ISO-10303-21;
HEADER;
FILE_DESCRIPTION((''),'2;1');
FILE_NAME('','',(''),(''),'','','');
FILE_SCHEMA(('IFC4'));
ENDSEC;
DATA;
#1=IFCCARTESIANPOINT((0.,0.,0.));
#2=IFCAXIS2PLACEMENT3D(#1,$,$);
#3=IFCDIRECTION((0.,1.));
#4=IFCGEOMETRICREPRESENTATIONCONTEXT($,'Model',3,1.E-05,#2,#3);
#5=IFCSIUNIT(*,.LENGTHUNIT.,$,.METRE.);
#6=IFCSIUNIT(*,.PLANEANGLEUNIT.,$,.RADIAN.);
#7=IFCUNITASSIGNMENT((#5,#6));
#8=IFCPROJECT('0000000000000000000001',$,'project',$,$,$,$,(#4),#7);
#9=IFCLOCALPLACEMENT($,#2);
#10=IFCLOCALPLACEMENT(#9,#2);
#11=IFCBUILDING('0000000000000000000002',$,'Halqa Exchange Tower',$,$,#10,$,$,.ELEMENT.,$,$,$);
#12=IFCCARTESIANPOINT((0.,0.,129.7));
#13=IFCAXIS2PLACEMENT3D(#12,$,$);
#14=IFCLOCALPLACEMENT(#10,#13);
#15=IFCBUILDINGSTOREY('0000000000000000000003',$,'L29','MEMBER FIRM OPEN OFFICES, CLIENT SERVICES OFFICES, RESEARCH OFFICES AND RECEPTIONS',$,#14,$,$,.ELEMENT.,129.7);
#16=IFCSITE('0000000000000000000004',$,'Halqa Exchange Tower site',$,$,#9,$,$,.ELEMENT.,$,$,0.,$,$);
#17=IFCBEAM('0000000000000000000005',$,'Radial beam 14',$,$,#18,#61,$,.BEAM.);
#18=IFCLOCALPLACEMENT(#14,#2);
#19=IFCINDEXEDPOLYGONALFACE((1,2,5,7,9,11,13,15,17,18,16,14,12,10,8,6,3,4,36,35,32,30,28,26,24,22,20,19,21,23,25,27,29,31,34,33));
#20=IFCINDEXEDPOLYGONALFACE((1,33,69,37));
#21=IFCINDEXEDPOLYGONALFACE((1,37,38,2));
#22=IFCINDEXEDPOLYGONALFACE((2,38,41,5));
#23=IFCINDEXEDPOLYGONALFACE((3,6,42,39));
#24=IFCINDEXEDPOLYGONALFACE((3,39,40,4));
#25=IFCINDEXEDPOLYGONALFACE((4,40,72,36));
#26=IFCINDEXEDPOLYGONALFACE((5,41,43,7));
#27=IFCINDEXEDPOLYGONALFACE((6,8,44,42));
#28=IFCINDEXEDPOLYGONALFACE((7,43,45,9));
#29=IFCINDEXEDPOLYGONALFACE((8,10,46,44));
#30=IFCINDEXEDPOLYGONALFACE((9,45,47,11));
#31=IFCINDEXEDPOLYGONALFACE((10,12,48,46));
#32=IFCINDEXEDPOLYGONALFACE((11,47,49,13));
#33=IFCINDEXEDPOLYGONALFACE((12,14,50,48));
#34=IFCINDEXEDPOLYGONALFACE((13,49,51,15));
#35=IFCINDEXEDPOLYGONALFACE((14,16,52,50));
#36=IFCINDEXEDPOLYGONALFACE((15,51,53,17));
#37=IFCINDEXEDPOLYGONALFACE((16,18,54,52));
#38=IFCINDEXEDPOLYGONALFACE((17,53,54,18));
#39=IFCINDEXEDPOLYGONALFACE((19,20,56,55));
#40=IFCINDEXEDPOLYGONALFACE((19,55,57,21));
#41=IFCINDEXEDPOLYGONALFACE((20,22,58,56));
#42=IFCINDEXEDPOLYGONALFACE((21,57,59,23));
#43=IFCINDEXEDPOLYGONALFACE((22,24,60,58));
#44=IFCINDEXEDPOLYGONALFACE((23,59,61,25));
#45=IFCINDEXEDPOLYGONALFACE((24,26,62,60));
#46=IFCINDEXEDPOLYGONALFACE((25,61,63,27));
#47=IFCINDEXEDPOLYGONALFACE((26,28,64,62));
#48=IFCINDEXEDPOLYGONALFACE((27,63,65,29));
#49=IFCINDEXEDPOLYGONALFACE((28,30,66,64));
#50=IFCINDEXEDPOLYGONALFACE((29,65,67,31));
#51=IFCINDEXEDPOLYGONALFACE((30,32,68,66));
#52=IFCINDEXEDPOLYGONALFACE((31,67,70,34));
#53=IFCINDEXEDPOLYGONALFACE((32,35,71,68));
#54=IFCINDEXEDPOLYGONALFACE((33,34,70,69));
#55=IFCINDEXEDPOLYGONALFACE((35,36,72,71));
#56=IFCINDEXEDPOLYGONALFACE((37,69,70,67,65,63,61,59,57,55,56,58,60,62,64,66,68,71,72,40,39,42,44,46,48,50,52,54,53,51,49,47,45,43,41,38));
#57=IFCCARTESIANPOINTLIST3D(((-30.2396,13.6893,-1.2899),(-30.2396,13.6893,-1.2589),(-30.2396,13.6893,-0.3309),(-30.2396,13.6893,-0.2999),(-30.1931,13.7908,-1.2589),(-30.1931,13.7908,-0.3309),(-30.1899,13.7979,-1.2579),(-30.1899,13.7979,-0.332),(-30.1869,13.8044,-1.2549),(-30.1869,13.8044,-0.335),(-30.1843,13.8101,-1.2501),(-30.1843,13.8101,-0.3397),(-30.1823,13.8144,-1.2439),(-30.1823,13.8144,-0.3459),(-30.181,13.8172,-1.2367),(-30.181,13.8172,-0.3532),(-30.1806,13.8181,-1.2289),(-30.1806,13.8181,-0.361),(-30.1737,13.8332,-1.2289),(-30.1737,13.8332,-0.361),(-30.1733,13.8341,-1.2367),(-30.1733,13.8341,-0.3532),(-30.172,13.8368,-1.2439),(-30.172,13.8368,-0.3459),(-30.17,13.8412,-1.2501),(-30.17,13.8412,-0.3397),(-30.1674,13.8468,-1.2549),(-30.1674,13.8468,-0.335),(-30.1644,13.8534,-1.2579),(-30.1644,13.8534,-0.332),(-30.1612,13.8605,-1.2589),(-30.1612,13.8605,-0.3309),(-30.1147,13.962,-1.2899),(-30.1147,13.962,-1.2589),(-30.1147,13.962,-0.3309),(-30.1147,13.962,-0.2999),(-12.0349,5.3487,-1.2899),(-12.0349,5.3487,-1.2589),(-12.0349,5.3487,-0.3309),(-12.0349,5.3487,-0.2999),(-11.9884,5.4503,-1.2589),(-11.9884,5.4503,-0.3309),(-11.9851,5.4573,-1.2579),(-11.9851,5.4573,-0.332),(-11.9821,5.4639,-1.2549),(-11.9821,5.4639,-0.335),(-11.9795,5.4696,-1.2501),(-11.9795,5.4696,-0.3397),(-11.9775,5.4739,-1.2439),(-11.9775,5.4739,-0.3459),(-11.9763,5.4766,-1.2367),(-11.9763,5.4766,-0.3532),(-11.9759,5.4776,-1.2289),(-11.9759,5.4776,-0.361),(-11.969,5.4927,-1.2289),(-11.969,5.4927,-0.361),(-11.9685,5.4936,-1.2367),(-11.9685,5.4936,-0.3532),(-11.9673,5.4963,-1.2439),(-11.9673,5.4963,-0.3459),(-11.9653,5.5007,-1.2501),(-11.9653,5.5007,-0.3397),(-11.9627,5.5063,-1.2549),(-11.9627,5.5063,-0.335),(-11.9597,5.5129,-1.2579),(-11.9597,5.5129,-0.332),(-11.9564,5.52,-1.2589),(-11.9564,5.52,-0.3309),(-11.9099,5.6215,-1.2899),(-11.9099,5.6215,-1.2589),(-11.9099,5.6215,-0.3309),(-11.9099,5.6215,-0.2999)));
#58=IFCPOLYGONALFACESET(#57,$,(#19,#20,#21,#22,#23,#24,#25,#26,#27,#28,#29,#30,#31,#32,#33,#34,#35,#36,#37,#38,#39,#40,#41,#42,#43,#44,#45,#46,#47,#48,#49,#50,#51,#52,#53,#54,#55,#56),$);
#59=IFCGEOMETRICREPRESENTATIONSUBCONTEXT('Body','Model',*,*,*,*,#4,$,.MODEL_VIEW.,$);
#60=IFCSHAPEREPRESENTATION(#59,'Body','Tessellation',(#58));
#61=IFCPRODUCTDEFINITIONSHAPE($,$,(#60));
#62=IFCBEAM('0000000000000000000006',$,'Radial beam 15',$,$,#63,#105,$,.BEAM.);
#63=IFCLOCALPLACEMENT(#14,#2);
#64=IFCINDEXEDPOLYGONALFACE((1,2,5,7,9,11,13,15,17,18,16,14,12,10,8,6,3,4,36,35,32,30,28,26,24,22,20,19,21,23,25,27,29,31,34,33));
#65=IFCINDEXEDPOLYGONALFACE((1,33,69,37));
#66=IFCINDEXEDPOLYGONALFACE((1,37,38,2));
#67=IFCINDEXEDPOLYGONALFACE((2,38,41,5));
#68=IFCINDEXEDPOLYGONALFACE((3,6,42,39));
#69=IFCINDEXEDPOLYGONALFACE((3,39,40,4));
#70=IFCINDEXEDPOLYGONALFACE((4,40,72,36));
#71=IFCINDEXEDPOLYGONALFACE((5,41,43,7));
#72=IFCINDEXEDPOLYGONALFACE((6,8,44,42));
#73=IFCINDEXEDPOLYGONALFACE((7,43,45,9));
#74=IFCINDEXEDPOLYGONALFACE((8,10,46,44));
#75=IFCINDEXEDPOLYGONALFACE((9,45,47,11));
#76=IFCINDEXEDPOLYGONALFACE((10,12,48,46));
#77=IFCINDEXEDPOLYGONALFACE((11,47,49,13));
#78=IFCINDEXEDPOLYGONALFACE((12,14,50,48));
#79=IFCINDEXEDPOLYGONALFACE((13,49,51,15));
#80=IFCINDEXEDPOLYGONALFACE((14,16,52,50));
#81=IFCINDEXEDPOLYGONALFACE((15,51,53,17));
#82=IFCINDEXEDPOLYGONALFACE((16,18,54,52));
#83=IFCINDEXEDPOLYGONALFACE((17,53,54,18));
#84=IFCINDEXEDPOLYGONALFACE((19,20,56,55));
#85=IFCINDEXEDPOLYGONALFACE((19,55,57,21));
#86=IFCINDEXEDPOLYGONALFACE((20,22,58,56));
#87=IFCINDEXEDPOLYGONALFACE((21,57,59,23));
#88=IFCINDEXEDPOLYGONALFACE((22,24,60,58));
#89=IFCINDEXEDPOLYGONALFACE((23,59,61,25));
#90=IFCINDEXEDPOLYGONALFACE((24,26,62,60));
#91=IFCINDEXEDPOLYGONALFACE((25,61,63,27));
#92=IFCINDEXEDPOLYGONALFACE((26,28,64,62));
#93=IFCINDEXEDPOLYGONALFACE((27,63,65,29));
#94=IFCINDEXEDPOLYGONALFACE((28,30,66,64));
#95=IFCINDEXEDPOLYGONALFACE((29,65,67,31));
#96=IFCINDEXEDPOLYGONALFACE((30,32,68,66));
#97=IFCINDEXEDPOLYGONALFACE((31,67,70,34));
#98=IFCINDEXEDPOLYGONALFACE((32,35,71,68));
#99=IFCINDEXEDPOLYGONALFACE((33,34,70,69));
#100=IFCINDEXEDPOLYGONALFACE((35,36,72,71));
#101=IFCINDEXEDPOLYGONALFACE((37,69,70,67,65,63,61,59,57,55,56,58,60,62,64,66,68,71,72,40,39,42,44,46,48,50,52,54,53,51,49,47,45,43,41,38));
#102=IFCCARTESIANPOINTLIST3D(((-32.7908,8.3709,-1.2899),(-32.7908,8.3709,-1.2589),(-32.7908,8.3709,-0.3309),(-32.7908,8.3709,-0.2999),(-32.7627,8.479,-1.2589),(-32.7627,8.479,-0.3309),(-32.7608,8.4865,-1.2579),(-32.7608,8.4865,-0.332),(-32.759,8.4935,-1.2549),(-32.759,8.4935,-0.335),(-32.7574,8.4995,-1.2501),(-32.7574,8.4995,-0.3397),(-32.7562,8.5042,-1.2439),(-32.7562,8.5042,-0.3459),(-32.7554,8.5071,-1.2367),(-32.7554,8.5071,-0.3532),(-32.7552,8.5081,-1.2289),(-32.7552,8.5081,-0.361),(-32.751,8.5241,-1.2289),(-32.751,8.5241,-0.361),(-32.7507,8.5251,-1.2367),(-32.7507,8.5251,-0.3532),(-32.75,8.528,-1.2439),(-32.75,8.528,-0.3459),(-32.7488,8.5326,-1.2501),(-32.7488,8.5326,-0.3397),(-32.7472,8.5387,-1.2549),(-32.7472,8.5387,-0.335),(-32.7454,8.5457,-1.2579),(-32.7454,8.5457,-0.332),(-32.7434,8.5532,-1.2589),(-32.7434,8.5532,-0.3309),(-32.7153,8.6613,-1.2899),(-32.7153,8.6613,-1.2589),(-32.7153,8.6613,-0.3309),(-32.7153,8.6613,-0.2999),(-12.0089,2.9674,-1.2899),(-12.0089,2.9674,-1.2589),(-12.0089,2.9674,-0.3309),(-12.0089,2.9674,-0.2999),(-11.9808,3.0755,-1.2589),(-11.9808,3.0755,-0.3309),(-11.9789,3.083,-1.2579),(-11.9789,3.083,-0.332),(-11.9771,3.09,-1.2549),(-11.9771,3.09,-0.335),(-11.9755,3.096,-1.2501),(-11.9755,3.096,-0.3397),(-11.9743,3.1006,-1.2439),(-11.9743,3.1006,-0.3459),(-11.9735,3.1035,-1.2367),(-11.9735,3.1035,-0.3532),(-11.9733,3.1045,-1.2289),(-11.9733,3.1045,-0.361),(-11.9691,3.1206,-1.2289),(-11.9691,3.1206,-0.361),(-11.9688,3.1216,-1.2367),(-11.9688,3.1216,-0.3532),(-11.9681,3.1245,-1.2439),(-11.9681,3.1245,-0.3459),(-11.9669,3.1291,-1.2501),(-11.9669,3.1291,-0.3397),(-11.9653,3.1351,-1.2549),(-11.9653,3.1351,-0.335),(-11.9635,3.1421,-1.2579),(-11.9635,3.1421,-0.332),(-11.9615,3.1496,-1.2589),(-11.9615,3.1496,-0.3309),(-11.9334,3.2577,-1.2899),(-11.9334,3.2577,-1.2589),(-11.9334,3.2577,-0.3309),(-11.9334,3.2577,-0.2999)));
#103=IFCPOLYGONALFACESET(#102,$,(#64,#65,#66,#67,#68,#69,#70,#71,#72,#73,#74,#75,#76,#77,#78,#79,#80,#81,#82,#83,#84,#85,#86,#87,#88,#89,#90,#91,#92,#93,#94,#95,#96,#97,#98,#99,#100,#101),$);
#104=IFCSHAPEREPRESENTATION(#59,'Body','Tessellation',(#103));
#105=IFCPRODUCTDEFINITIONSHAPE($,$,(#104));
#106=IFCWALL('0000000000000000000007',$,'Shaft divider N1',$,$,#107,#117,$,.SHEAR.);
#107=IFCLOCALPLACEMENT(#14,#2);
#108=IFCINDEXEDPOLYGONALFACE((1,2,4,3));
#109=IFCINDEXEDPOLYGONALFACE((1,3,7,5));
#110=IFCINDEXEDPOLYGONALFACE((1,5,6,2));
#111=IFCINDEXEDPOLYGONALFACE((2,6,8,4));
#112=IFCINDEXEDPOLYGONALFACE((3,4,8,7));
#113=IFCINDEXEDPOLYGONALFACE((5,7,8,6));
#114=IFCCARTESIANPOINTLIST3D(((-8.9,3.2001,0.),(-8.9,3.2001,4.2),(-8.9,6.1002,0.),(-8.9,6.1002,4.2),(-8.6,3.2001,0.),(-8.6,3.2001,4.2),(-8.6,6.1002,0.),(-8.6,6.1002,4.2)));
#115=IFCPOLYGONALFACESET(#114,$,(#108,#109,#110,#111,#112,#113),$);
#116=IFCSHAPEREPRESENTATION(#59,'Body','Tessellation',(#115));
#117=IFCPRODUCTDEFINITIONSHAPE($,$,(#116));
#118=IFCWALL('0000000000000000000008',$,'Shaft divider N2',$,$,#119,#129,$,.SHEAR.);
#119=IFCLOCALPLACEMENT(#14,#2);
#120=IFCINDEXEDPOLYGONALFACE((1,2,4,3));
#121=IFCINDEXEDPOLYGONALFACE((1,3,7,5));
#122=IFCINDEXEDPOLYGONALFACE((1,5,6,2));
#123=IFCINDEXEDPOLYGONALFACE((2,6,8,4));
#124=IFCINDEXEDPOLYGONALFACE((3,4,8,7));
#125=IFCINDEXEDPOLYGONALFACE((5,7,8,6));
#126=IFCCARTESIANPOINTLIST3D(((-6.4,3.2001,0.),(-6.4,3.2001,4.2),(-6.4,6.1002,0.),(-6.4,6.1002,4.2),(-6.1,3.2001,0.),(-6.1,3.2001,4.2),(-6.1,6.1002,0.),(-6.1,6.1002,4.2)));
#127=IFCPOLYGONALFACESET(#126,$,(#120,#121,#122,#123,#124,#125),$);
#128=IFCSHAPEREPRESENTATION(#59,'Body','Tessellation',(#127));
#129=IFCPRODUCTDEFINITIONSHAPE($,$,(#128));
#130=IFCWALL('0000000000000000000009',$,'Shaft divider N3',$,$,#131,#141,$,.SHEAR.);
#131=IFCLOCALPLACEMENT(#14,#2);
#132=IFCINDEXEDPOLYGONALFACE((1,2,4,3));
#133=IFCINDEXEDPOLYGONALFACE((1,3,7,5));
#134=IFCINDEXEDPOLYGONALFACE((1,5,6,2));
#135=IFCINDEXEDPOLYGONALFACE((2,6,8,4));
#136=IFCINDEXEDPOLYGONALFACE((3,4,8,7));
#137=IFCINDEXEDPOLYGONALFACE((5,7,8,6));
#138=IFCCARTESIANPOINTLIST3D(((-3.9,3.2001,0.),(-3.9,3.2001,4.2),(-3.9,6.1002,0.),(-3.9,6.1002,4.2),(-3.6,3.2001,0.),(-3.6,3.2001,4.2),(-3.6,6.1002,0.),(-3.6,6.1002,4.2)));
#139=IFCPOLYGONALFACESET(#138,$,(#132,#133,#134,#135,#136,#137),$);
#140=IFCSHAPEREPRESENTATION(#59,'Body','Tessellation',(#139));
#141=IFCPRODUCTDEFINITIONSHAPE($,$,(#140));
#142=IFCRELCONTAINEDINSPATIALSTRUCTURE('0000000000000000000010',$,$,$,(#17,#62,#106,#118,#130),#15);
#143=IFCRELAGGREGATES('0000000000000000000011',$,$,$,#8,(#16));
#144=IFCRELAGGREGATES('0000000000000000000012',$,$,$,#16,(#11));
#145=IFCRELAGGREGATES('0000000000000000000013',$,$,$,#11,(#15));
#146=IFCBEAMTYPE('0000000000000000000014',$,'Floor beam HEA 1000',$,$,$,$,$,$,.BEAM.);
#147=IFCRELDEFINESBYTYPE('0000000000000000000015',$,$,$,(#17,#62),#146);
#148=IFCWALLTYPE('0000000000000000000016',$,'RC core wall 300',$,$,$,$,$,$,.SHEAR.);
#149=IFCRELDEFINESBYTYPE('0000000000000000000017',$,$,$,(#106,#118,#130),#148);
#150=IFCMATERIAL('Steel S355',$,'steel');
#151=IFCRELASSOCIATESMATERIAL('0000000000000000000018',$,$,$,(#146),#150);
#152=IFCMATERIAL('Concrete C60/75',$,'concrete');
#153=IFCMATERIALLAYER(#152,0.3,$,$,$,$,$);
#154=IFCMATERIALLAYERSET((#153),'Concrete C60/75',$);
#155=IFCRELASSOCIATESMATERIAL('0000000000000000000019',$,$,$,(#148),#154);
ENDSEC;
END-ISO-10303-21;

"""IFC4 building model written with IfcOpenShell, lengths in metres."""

from ifc_helpers import new_model, si_unit, direction, frame, frame_2d, origin, origin_2d, place, context, subcontext, project, spatial, rectangle, i_section, extrude, material, layer, layer_set, material_profile, profile_set, type_object, element, save


model = new_model("IFC4")

# Units and contexts
model_context = context("Model", 3, precision=1e-05, world=origin(), true_north=direction((0.0, 1.0)))
body_context = subcontext(model_context, "Body", "Model", "MODEL_VIEW")
ifc_project = project(units=[si_unit("LENGTHUNIT", "METRE"), si_unit("PLANEANGLEUNIT", "RADIAN")], contexts=[model_context])

# Site, building, storey
site_placement = place(None, origin())
site = spatial("IfcSite", under=ifc_project, at=site_placement, Name="Halqa Exchange Tower site", CompositionType="ELEMENT", RefElevation=0.0)
building_placement = place(site_placement, origin())
building = spatial("IfcBuilding", under=site, at=building_placement, Name="Halqa Exchange Tower", CompositionType="ELEMENT")
storey_placement = place(building_placement, frame((0.0, 0.0, 129.7)))
storey = spatial("IfcBuildingStorey", under=building, at=storey_placement, Name="L29", Description="MEMBER FIRM OPEN OFFICES, CLIENT SERVICES OFFICES, RESEARCH OFFICES AND RECEPTIONS", CompositionType="ELEMENT", Elevation=129.7)

# Beams
ifc_material_1 = material(Name="Steel S355", Category="steel")
ifc_material_profile = material_profile(ifc_material_1, i_section(OverallWidth=0.3, OverallDepth=0.99, WebThickness=0.0166, FlangeThickness=0.031, FilletRadius=0.03, at=origin_2d()), Name="HEA 1000")
ifc_profile_set = profile_set([ifc_material_profile], Name="Steel S355")
beam_type = type_object("IfcBeamType", Name="Floor beam HEA 1000", PredefinedType="BEAM", material=ifc_profile_set)
beam_1_placement = place(storey_placement, frame((-11.9724, 5.4851, -0.7949), z_axis=(-0.909127, 0.416518, 0.0), x_axis=(-0.416518, -0.909127, 0.0)))
element("IfcBeam", 1, at=beam_1_placement, inside=storey, type_object=beam_type, Name="Radial beam 14", PredefinedType="BEAM", context=body_context, shape_type="SweptSolid", body=[
    extrude(i_section(OverallWidth=0.3, OverallDepth=0.99, WebThickness=0.0166, FlangeThickness=0.031, FilletRadius=0.03, at=origin_2d()), origin(), (0.0, 0.0, 1.0), 20.0244),
])
beam_2_placement = place(storey_placement, frame((-11.9712, 3.1125, -0.7949), z_axis=(-0.96782, 0.251645, 0.0), x_axis=(-0.251645, -0.96782, 0.0)))
element("IfcBeam", 2, at=beam_2_placement, inside=storey, type_object=beam_type, Name="Radial beam 15", PredefinedType="BEAM", context=body_context, shape_type="SweptSolid", body=[
    extrude(i_section(OverallWidth=0.3, OverallDepth=0.99, WebThickness=0.0166, FlangeThickness=0.031, FilletRadius=0.03, at=origin_2d()), origin(), (0.0, 0.0, 1.0), 21.4729),
])

# Walls
ifc_material_2 = material(Name="Concrete C60/75", Category="concrete")
ifc_layer_1 = layer(ifc_material_2, 0.3)
ifc_layer_set_1 = layer_set([ifc_layer_1], Name="Concrete C60/75")
wall_type_1 = type_object("IfcWallType", Name="RC core wall 300", PredefinedType="SHEAR", material=ifc_layer_set_1)
for number, where, z_axis, x_axis, name in (
    (3, (-8.75, 3.2, 0.0), (0.0, 0.0, 1.0), (0.0, 1.0, 0.0), "Shaft divider N1"),
    (4, (-6.25, 3.2, 0.0), (0.0, 0.0, 1.0), (0.0, 1.0, 0.0), "Shaft divider N2"),
    (5, (-3.75, 3.2, 0.0), (0.0, 0.0, 1.0), (0.0, 1.0, 0.0), "Shaft divider N3"),
):
    element("IfcWall", number, at=place(storey_placement, frame(where, z_axis=z_axis, x_axis=x_axis)), inside=storey, type_object=wall_type_1, Name=name, PredefinedType="SHEAR", context=body_context, shape_type="SweptSolid", body=[
        extrude(rectangle(XDim=2.9001, YDim=0.3, at=frame_2d((1.4502, 0.0))), origin(), (0.0, 0.0, 1.0), 4.2),
    ])

save(model, "model.ifc")
